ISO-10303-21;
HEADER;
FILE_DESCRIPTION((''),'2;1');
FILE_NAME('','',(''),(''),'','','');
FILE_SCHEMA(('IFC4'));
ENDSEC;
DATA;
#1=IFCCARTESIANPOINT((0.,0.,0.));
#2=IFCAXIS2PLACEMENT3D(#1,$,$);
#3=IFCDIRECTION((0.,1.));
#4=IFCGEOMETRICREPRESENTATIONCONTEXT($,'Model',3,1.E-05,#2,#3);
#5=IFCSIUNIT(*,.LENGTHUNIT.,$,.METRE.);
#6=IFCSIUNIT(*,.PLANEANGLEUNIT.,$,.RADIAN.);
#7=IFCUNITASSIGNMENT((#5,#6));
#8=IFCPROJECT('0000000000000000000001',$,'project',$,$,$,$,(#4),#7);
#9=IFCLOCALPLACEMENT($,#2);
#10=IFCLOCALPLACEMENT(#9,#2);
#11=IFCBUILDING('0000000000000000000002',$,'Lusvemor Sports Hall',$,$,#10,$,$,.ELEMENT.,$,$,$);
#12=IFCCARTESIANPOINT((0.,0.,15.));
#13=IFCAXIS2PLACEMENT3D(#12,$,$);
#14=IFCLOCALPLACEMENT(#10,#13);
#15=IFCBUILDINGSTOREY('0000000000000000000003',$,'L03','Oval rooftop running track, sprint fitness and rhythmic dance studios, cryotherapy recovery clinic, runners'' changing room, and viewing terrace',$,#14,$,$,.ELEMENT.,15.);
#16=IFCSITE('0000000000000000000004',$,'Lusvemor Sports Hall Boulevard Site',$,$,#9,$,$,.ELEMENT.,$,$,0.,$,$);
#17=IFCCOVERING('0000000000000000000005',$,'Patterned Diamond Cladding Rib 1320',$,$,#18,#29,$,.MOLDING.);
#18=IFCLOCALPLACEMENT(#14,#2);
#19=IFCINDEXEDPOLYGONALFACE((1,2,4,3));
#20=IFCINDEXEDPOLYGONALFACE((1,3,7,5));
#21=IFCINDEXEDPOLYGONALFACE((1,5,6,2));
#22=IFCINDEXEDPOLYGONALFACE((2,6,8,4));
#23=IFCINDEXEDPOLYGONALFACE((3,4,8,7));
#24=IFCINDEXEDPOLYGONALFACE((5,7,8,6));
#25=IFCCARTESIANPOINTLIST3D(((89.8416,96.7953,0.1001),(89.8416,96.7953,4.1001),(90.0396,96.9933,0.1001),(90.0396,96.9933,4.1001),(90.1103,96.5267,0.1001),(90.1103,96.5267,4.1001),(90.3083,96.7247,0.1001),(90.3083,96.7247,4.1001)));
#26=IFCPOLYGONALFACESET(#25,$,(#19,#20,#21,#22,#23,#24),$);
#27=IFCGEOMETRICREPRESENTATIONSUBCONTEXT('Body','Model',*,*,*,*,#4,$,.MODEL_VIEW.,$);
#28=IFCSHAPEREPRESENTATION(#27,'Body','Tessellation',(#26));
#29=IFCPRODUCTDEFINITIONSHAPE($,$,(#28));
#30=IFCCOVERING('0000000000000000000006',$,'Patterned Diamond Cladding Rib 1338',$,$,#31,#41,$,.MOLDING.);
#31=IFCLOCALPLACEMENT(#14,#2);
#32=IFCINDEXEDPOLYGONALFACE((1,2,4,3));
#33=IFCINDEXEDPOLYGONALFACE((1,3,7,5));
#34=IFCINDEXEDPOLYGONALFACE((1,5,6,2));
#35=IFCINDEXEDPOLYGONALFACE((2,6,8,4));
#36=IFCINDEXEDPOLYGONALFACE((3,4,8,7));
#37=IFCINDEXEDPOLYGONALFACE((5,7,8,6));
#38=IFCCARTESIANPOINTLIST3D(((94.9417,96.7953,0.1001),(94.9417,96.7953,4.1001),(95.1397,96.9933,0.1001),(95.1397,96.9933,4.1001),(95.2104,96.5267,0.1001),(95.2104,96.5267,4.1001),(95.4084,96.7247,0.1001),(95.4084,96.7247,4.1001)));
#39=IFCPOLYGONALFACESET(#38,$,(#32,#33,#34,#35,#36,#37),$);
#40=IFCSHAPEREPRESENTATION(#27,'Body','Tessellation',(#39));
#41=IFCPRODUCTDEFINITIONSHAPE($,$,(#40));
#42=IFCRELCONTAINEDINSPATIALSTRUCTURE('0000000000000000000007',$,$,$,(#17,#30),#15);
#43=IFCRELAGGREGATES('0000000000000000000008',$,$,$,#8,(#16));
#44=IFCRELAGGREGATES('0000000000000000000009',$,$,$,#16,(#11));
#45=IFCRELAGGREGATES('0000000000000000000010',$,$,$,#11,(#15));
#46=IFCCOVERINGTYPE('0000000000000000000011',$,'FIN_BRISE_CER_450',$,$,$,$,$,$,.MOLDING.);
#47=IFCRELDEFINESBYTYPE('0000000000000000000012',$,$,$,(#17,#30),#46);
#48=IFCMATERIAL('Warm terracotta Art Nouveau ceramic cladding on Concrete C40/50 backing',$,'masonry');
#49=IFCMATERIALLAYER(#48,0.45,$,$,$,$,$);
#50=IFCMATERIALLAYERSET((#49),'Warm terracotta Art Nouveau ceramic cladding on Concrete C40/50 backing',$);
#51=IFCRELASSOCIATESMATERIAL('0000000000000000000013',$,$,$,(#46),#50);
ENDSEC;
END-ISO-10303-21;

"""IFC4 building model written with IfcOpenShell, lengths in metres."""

from ifc_helpers import new_model, si_unit, direction, frame, origin, origin_2d, place, context, subcontext, project, spatial, rectangle, extrude, material, layer, layer_set, type_object, element, save


model = new_model("IFC4")

# Units and contexts
model_context = context("Model", 3, precision=1e-05, world=origin(), true_north=direction((0.0, 1.0)))
body_context = subcontext(model_context, "Body", "Model", "MODEL_VIEW")
ifc_project = project(units=[si_unit("LENGTHUNIT", "METRE"), si_unit("PLANEANGLEUNIT", "RADIAN")], contexts=[model_context])

# Site, building, storey
site_placement = place(None, origin())
site = spatial("IfcSite", under=ifc_project, at=site_placement, Name="Lusvemor Sports Hall Boulevard Site", CompositionType="ELEMENT", RefElevation=0.0)
building_placement = place(site_placement, origin())
building = spatial("IfcBuilding", under=site, at=building_placement, Name="Lusvemor Sports Hall", CompositionType="ELEMENT")
storey_placement = place(building_placement, frame((0.0, 0.0, 15.0)))
storey = spatial("IfcBuildingStorey", under=building, at=storey_placement, Name="L03", Description="Oval rooftop running track, sprint fitness and rhythmic dance studios, cryotherapy recovery clinic, runners' changing room, and viewing terrace", CompositionType="ELEMENT", Elevation=15.0)

# Coverings
ifc_material_1 = material(Name="Warm terracotta Art Nouveau ceramic cladding on Concrete C40/50 backing", Category="masonry")
ifc_layer_1 = layer(ifc_material_1, 0.45)
ifc_layer_set_1 = layer_set([ifc_layer_1], Name="Warm terracotta Art Nouveau ceramic cladding on Concrete C40/50 backing")
covering_type_1 = type_object("IfcCoveringType", Name="FIN_BRISE_CER_450", PredefinedType="MOLDING", material=ifc_layer_set_1)
for number, where, z_axis, x_axis, name in (
    (1, (90.075, 96.76, 0.1001), (0.0, 0.0, 1.0), (0.707107, 0.707107, 0.0), "Patterned Diamond Cladding Rib 1320"),
    (2, (95.175, 96.76, 0.1001), (0.0, 0.0, 1.0), (0.707107, 0.707107, 0.0), "Patterned Diamond Cladding Rib 1338"),
):
    element("IfcCovering", number, at=place(storey_placement, frame(where, z_axis=z_axis, x_axis=x_axis)), inside=storey, type_object=covering_type_1, Name=name, PredefinedType="MOLDING", context=body_context, shape_type="SweptSolid", body=[
        extrude(rectangle(XDim=0.28, YDim=0.3799, at=origin_2d()), origin(), (0.0, 0.0, 1.0), 4.0),
    ])

save(model, "model.ifc")
